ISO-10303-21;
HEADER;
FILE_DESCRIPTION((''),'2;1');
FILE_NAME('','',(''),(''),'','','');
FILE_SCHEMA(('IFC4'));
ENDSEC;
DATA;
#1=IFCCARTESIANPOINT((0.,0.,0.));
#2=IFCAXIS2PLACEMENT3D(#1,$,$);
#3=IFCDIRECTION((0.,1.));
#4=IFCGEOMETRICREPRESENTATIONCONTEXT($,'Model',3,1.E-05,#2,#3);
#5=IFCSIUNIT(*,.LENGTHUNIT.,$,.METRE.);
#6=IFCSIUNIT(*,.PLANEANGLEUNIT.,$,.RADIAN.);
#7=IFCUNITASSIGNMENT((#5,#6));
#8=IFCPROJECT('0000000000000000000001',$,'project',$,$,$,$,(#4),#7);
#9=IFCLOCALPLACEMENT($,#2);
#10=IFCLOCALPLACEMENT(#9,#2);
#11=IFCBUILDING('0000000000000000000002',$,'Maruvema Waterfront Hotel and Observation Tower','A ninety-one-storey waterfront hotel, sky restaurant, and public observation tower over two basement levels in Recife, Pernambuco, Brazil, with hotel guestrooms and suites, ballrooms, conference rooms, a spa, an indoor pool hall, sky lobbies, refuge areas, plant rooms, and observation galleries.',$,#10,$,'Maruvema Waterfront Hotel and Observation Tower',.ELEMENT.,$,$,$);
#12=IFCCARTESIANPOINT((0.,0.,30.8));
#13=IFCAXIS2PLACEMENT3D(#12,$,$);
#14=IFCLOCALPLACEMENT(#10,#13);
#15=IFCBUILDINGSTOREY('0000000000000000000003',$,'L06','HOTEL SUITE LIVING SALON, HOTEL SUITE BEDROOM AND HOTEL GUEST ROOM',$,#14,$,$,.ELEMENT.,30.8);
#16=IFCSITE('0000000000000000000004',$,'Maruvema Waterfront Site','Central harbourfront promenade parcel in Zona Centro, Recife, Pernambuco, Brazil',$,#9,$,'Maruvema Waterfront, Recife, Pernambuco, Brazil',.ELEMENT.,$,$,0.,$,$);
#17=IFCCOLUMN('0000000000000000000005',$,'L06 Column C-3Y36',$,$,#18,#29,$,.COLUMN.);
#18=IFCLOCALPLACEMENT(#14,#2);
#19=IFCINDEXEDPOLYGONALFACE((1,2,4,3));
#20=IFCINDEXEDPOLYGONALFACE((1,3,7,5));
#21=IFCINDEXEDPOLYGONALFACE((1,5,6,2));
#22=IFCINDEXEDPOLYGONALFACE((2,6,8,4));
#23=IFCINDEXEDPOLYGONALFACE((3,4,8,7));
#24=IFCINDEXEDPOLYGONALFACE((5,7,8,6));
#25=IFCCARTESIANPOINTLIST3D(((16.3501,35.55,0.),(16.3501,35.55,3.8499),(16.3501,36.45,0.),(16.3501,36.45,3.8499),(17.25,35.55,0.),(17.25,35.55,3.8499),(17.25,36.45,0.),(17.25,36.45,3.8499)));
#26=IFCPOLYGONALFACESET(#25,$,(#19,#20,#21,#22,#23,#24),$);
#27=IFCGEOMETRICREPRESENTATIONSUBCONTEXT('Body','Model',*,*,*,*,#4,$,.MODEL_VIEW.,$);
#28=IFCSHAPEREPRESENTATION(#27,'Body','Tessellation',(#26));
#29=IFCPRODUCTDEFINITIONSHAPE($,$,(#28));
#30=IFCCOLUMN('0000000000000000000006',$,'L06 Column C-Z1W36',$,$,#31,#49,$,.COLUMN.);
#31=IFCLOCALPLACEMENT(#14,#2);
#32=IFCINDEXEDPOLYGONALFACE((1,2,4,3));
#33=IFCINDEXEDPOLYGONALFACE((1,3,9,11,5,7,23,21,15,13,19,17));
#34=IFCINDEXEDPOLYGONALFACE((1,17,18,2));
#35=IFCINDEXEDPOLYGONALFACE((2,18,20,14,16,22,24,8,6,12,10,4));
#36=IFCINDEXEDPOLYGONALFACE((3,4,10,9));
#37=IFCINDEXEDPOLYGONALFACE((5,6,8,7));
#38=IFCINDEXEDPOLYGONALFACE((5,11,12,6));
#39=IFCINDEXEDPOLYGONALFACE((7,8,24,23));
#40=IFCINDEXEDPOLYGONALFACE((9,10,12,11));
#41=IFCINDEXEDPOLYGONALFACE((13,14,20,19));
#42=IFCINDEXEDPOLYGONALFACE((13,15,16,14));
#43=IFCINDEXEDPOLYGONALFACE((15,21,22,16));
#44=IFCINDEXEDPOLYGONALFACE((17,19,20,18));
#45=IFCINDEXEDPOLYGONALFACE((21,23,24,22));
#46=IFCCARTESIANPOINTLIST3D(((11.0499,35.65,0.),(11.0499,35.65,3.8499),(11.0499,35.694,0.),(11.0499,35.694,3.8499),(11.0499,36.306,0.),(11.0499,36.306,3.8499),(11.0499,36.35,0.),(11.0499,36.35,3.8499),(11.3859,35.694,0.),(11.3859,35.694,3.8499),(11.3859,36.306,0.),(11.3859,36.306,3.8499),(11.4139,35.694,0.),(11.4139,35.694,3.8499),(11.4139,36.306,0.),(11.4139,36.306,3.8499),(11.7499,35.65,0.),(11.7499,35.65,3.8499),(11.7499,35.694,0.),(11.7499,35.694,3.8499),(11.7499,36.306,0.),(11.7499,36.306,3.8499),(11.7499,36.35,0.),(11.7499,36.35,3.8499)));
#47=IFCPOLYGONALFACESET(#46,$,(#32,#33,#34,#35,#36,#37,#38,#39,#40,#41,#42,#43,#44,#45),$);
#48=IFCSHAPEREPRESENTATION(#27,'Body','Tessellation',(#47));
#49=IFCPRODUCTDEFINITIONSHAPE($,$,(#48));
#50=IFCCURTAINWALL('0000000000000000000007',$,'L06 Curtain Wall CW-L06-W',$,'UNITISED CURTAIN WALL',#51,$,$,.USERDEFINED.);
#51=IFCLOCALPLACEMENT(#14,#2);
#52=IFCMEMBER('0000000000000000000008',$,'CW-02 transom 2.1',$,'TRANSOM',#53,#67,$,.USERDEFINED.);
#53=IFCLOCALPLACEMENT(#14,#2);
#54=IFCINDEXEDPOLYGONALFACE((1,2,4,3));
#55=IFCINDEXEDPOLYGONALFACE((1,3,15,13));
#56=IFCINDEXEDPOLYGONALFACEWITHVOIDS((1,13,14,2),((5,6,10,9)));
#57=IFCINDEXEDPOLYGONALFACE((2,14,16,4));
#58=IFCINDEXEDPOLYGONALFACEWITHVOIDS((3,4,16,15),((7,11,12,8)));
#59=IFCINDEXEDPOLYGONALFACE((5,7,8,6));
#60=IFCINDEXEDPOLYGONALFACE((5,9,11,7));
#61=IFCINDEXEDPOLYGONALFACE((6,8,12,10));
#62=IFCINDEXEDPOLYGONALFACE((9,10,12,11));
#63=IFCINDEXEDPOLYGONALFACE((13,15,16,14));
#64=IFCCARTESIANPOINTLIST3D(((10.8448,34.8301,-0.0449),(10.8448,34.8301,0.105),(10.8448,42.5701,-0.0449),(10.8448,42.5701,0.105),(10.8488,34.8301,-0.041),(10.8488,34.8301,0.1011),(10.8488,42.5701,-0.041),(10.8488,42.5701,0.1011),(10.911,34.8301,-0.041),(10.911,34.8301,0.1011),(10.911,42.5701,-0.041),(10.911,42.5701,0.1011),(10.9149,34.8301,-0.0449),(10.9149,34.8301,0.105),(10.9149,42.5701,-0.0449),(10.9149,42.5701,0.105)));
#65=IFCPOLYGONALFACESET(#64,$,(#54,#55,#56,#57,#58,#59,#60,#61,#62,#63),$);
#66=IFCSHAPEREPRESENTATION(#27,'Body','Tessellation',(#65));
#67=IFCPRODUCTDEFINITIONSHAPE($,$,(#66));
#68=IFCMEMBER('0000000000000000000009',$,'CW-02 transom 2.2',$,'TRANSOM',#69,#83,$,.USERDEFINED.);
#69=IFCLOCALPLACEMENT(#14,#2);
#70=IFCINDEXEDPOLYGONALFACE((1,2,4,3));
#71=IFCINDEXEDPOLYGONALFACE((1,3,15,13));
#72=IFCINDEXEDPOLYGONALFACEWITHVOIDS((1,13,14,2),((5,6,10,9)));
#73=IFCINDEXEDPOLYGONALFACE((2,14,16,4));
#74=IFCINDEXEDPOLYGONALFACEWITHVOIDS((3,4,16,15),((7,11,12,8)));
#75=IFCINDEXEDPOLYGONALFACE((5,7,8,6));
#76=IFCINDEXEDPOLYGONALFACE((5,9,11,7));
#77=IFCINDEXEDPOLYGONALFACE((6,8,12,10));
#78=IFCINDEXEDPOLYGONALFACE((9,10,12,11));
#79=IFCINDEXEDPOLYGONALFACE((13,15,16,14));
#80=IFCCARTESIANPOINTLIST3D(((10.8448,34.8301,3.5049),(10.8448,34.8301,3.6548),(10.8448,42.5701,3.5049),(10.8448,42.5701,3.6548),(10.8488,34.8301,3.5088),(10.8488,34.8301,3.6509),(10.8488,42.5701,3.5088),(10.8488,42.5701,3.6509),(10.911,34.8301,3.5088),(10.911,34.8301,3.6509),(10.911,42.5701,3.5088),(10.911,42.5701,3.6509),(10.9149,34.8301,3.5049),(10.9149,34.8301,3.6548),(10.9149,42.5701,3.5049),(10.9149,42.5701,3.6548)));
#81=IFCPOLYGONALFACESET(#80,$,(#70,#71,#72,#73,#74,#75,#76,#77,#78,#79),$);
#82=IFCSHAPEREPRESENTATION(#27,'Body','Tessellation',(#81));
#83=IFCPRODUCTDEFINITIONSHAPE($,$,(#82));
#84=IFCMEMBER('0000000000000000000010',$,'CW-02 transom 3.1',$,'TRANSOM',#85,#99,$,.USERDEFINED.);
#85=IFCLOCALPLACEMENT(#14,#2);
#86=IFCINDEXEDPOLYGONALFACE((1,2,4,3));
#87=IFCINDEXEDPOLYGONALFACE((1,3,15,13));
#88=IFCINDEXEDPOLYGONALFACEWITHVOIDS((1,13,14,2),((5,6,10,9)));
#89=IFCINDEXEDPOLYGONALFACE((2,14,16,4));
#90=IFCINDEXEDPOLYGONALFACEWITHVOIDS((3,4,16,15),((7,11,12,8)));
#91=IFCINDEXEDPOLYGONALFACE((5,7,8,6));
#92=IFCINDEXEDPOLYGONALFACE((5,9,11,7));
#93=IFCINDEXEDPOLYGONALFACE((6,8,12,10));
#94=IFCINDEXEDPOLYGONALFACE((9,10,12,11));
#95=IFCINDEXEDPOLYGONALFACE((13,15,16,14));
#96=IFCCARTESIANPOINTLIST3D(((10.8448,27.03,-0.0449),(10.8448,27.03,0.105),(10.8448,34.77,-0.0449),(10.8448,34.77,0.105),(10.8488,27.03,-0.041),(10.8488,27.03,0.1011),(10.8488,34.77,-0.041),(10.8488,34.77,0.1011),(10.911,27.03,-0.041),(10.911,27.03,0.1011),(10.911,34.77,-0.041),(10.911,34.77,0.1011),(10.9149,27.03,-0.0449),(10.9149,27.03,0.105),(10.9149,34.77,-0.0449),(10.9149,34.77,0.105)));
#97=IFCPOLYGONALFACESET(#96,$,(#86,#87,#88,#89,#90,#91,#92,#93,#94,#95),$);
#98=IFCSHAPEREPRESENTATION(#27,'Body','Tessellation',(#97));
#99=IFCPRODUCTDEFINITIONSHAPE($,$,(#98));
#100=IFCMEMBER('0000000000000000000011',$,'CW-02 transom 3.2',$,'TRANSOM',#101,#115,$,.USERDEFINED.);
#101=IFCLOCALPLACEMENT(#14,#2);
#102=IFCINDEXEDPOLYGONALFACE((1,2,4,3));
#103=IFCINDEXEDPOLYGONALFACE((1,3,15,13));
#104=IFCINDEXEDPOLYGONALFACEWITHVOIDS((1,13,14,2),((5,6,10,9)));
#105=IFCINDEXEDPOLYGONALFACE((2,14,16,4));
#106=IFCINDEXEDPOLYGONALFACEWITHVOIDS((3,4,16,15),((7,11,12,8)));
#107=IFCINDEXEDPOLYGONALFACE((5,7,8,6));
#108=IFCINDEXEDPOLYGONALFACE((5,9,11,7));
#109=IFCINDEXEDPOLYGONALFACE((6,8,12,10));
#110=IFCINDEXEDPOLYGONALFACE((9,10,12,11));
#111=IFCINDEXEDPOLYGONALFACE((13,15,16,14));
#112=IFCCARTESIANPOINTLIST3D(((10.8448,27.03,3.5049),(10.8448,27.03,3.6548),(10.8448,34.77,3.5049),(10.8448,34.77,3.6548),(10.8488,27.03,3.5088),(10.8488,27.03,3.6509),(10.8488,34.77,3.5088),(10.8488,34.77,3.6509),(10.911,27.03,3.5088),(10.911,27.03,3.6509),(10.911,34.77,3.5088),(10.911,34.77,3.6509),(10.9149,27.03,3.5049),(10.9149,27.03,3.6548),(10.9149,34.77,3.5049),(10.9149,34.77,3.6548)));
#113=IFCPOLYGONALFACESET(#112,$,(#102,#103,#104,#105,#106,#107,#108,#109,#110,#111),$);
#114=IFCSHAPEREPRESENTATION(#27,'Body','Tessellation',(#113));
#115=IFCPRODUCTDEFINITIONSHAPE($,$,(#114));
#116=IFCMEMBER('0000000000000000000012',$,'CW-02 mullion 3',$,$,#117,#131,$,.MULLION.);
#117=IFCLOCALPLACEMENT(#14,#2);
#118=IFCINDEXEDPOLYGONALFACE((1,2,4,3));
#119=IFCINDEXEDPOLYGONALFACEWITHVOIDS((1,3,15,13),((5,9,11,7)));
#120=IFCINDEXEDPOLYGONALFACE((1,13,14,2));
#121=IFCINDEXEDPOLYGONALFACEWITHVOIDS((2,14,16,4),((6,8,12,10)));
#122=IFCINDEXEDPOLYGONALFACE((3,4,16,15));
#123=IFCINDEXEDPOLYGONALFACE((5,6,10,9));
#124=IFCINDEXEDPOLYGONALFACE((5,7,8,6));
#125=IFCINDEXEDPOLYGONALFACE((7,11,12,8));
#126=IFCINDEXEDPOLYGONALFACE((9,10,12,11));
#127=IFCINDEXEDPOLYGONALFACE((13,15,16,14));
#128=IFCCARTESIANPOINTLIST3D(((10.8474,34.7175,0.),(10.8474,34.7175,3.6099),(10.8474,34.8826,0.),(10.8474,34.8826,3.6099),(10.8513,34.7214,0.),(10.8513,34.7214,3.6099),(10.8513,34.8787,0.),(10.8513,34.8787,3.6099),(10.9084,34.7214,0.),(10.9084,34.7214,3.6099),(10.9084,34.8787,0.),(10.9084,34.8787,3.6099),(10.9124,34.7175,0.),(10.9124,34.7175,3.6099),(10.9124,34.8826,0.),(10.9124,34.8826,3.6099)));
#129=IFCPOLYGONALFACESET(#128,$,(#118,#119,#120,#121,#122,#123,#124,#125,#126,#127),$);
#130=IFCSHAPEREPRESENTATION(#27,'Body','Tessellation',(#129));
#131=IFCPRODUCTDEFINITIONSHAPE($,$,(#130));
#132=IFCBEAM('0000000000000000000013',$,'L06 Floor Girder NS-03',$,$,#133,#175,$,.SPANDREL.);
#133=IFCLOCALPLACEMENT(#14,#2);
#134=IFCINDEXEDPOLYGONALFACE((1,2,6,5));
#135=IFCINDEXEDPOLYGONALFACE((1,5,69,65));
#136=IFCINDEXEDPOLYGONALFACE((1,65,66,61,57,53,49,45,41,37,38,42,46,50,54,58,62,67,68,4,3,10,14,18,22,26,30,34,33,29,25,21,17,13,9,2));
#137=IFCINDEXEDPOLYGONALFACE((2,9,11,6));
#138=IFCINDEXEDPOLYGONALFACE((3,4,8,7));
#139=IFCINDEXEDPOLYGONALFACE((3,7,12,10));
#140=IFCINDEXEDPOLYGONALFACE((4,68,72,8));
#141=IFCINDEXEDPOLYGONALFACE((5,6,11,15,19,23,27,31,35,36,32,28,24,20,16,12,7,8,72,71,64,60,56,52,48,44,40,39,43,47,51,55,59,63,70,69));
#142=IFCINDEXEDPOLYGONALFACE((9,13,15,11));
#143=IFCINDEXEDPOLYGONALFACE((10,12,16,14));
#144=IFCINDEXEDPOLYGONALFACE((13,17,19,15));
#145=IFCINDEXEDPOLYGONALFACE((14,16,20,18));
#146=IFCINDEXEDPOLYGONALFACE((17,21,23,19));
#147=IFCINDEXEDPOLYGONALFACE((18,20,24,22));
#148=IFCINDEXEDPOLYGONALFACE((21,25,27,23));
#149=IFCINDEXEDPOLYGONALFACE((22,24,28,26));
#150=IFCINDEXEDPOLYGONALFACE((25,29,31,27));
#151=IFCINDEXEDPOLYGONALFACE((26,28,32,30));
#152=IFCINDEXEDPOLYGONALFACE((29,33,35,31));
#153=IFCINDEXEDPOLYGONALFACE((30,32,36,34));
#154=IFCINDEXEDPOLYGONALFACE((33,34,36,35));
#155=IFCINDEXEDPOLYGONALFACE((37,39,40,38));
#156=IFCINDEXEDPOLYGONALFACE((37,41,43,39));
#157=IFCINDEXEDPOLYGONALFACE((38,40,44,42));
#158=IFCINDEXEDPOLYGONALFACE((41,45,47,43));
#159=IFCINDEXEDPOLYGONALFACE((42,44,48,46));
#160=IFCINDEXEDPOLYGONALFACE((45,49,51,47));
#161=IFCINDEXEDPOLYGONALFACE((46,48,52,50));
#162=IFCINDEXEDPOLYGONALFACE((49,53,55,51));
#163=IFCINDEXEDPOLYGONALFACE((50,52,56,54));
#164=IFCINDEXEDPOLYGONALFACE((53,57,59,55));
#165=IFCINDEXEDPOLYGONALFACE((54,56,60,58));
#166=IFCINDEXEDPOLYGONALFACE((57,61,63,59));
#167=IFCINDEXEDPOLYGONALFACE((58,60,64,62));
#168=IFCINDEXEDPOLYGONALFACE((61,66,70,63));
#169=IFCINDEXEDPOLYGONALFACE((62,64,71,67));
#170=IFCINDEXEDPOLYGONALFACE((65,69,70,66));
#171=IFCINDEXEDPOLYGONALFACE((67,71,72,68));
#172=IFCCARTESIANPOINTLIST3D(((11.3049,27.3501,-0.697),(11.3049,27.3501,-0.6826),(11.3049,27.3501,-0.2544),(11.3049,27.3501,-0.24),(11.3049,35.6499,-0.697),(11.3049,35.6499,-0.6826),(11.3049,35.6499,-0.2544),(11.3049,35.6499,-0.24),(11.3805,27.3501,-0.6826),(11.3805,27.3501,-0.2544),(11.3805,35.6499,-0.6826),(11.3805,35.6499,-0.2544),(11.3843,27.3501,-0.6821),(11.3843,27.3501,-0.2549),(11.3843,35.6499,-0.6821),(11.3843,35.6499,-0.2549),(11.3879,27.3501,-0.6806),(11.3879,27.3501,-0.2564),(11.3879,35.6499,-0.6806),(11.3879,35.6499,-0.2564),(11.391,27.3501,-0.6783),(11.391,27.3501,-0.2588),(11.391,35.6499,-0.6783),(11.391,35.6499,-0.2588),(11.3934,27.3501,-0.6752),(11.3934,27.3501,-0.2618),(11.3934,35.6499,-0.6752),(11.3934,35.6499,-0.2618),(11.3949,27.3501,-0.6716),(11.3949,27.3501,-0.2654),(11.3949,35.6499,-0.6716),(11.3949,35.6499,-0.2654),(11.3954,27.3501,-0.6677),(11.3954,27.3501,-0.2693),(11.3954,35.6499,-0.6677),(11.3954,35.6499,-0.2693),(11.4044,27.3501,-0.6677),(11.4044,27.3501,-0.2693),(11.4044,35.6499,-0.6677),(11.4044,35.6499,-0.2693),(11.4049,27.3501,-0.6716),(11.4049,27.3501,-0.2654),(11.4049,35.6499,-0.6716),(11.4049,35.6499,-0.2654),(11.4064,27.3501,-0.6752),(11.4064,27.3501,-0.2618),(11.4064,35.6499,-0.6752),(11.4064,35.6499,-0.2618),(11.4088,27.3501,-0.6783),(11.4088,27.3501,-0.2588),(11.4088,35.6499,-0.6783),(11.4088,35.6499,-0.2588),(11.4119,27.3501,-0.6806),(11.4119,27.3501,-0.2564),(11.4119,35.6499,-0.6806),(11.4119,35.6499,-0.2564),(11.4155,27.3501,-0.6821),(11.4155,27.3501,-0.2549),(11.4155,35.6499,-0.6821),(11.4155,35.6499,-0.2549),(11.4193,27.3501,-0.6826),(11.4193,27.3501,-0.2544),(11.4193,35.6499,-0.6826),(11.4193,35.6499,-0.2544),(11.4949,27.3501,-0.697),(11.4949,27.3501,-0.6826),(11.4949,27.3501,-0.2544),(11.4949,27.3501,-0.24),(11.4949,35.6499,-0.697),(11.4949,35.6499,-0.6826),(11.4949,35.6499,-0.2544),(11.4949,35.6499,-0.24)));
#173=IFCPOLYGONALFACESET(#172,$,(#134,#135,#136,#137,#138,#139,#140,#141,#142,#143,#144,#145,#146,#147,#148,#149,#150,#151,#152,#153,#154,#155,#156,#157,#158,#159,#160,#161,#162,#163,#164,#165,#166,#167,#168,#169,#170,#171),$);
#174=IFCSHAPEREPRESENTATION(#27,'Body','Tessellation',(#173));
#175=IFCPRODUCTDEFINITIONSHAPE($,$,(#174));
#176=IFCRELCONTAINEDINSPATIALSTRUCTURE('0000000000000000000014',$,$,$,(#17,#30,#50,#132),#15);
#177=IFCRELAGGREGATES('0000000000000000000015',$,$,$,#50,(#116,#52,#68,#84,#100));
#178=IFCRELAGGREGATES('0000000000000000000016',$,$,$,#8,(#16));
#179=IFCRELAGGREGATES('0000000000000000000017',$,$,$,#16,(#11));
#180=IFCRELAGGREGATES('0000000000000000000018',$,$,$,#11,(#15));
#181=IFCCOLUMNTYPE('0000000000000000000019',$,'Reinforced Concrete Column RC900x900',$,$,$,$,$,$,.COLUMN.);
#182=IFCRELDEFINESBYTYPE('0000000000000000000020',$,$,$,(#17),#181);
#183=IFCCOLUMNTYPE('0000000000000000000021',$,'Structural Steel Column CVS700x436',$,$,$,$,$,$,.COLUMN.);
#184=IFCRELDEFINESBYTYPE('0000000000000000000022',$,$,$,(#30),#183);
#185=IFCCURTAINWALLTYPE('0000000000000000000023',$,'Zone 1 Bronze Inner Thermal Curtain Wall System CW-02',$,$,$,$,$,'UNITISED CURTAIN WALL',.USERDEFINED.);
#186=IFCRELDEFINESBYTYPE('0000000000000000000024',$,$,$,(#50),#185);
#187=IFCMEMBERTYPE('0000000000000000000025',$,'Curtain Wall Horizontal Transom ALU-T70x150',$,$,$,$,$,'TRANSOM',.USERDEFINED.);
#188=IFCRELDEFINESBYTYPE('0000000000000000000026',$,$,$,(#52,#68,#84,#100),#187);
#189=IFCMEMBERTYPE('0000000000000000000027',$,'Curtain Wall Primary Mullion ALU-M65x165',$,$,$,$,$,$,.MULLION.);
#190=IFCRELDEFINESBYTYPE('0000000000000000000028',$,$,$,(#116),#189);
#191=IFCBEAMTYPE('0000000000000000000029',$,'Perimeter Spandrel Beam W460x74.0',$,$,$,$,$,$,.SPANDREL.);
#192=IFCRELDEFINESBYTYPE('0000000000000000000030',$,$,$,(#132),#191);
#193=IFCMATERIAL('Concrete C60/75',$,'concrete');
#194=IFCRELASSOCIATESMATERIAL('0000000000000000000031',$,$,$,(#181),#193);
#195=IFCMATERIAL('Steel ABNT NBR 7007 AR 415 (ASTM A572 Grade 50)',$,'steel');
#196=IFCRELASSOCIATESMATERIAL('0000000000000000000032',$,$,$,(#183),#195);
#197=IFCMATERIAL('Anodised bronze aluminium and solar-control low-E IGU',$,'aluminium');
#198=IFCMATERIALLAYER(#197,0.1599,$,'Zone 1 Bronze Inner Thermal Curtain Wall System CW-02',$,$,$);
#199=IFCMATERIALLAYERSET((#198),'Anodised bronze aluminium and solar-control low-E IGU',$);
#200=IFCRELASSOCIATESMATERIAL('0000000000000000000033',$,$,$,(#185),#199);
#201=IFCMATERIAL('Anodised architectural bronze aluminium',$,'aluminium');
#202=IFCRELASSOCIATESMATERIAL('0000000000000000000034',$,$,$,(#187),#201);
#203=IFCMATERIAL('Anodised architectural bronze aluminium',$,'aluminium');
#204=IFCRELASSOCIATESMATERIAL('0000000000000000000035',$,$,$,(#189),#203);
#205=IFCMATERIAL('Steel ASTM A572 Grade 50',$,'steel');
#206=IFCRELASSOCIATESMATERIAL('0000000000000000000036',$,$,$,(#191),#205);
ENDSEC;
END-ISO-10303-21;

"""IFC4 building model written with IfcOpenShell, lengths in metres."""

from ifc_helpers import new_model, si_unit, direction, frame, origin, origin_2d, place, context, subcontext, project, spatial, rectangle, hollow_rectangle, i_section, extrude, material, layer, layer_set, material_profile, profile_set, type_object, element, aggregate, save


model = new_model("IFC4")

# Units and contexts
model_context = context("Model", 3, precision=1e-05, world=origin(), true_north=direction((0.0, 1.0)))
body_context = subcontext(model_context, "Body", "Model", "MODEL_VIEW")
ifc_project = project(units=[si_unit("LENGTHUNIT", "METRE"), si_unit("PLANEANGLEUNIT", "RADIAN")], contexts=[model_context])

# Site, building, storey
site_placement = place(None, origin())
site = spatial("IfcSite", under=ifc_project, at=site_placement, Name="Maruvema Waterfront Site", Description="Central harbourfront promenade parcel in Zona Centro, Recife, Pernambuco, Brazil", LongName="Maruvema Waterfront, Recife, Pernambuco, Brazil", CompositionType="ELEMENT", RefElevation=0.0)
building_placement = place(site_placement, origin())
building = spatial("IfcBuilding", under=site, at=building_placement, Name="Maruvema Waterfront Hotel and Observation Tower", Description="A ninety-one-storey waterfront hotel, sky restaurant, and public observation tower over two basement levels in Recife, Pernambuco, Brazil, with hotel guestrooms and suites, ballrooms, conference rooms, a spa, an indoor pool hall, sky lobbies, refuge areas, plant rooms, and observation galleries.", LongName="Maruvema Waterfront Hotel and Observation Tower", CompositionType="ELEMENT")
storey_placement = place(building_placement, frame((0.0, 0.0, 30.8)))
storey = spatial("IfcBuildingStorey", under=building, at=storey_placement, Name="L06", Description="HOTEL SUITE LIVING SALON, HOTEL SUITE BEDROOM AND HOTEL GUEST ROOM", CompositionType="ELEMENT", Elevation=30.8)

# Columns
ifc_material_1 = material(Name="Concrete C60/75", Category="concrete")
ifc_material_profile_1 = material_profile(ifc_material_1, rectangle(XDim=0.8999, YDim=0.8999, at=origin_2d()), Name="RC900x900")
ifc_profile_set_1 = profile_set([ifc_material_profile_1], Name="Concrete C60/75")
column_type_1 = type_object("IfcColumnType", Name="Reinforced Concrete Column RC900x900", PredefinedType="COLUMN", material=ifc_profile_set_1)
column_1_placement = place(storey_placement, frame((16.8, 36.0, 0.0), z_axis=(0.0, 0.0, 1.0), x_axis=(1.0, 0.0, 0.0)))
element("IfcColumn", 1, at=column_1_placement, inside=storey, type_object=column_type_1, Name="L06 Column C-3Y36", PredefinedType="COLUMN", context=body_context, shape_type="SweptSolid", body=[
    extrude(rectangle(XDim=0.8999, YDim=0.8999, at=origin_2d()), origin(), (0.0, 0.0, 1.0), 3.8499),
])
ifc_material_2 = material(Name="Steel ABNT NBR 7007 AR 415 (ASTM A572 Grade 50)", Category="steel")
ifc_material_profile_2 = material_profile(ifc_material_2, i_section(OverallWidth=0.7, OverallDepth=0.7, WebThickness=0.0281, FlangeThickness=0.0439, at=origin_2d()), Name="CVS700x436")
ifc_profile_set_2 = profile_set([ifc_material_profile_2], Name="Steel ABNT NBR 7007 AR 415 (ASTM A572 Grade 50)")
column_type_2 = type_object("IfcColumnType", Name="Structural Steel Column CVS700x436", PredefinedType="COLUMN", material=ifc_profile_set_2)
column_2_placement = place(storey_placement, frame((11.3999, 36.0, 0.0), z_axis=(0.0, 0.0, 1.0), x_axis=(1.0, 0.0, 0.0)))
element("IfcColumn", 2, at=column_2_placement, inside=storey, type_object=column_type_2, Name="L06 Column C-Z1W36", PredefinedType="COLUMN", context=body_context, shape_type="SweptSolid", body=[
    extrude(i_section(OverallWidth=0.7, OverallDepth=0.7, WebThickness=0.0281, FlangeThickness=0.0439, at=origin_2d()), origin(), (0.0, 0.0, 1.0), 3.8499),
])

# Curtain wall, members
ifc_material_3 = material(Name="Anodised bronze aluminium and solar-control low-E IGU", Category="aluminium")
ifc_layer_1 = layer(ifc_material_3, 0.1599, Name="Zone 1 Bronze Inner Thermal Curtain Wall System CW-02")
ifc_layer_set_1 = layer_set([ifc_layer_1], Name="Anodised bronze aluminium and solar-control low-E IGU")
curtain_wall_type = type_object("IfcCurtainWallType", Name="Zone 1 Bronze Inner Thermal Curtain Wall System CW-02", ElementType="UNITISED CURTAIN WALL", PredefinedType="USERDEFINED", material=ifc_layer_set_1)
curtain_wall_placement = place(storey_placement, origin())
curtain_wall = element("IfcCurtainWall", 3, at=curtain_wall_placement, inside=storey, type_object=curtain_wall_type, Name="L06 Curtain Wall CW-L06-W", ObjectType="UNITISED CURTAIN WALL", PredefinedType="USERDEFINED")
ifc_material_4 = material(Name="Anodised architectural bronze aluminium", Category="aluminium")
ifc_material_profile_3 = material_profile(ifc_material_4, hollow_rectangle(XDim=0.0701, YDim=0.1499, WallThickness=0.0039, at=origin_2d()), Name="ALU-T70x150")
ifc_profile_set_3 = profile_set([ifc_material_profile_3], Name="Anodised architectural bronze aluminium")
member_type_1 = type_object("IfcMemberType", Name="Curtain Wall Horizontal Transom ALU-T70x150", ElementType="TRANSOM", PredefinedType="USERDEFINED", material=ifc_profile_set_3)
member_1_placement = place(storey_placement, frame((10.8799, 42.5701, 0.03), z_axis=(0.0, -1.0, 0.0), x_axis=(1.0, 0.0, 0.0)))
member_1 = element("IfcMember", 4, at=member_1_placement, type_object=member_type_1, Name="CW-02 transom 2.1", ObjectType="TRANSOM", PredefinedType="USERDEFINED", context=body_context, shape_type="SweptSolid", body=[
    extrude(hollow_rectangle(XDim=0.0701, YDim=0.1499, WallThickness=0.0039, at=origin_2d()), origin(), (0.0, 0.0, 1.0), 7.74),
])
member_2_placement = place(storey_placement, frame((10.8799, 42.5701, 3.5798), z_axis=(0.0, -1.0, 0.0), x_axis=(1.0, 0.0, 0.0)))
member_2 = element("IfcMember", 5, at=member_2_placement, type_object=member_type_1, Name="CW-02 transom 2.2", ObjectType="TRANSOM", PredefinedType="USERDEFINED", context=body_context, shape_type="SweptSolid", body=[
    extrude(hollow_rectangle(XDim=0.0701, YDim=0.1499, WallThickness=0.0039, at=origin_2d()), origin(), (0.0, 0.0, 1.0), 7.74),
])
member_3_placement = place(storey_placement, frame((10.8799, 34.77, 0.03), z_axis=(0.0, -1.0, 0.0), x_axis=(1.0, 0.0, 0.0)))
member_3 = element("IfcMember", 6, at=member_3_placement, type_object=member_type_1, Name="CW-02 transom 3.1", ObjectType="TRANSOM", PredefinedType="USERDEFINED", context=body_context, shape_type="SweptSolid", body=[
    extrude(hollow_rectangle(XDim=0.0701, YDim=0.1499, WallThickness=0.0039, at=origin_2d()), origin(), (0.0, 0.0, 1.0), 7.74),
])
member_4_placement = place(storey_placement, frame((10.8799, 34.77, 3.5798), z_axis=(0.0, -1.0, 0.0), x_axis=(1.0, 0.0, 0.0)))
member_4 = element("IfcMember", 7, at=member_4_placement, type_object=member_type_1, Name="CW-02 transom 3.2", ObjectType="TRANSOM", PredefinedType="USERDEFINED", context=body_context, shape_type="SweptSolid", body=[
    extrude(hollow_rectangle(XDim=0.0701, YDim=0.1499, WallThickness=0.0039, at=origin_2d()), origin(), (0.0, 0.0, 1.0), 7.74),
])
ifc_material_5 = material(Name="Anodised architectural bronze aluminium", Category="aluminium")
ifc_material_profile_4 = material_profile(ifc_material_5, hollow_rectangle(XDim=0.0649, YDim=0.165, WallThickness=0.0039, at=origin_2d()), Name="ALU-M65x165")
ifc_profile_set_4 = profile_set([ifc_material_profile_4], Name="Anodised architectural bronze aluminium")
member_type_2 = type_object("IfcMemberType", Name="Curtain Wall Primary Mullion ALU-M65x165", PredefinedType="MULLION", material=ifc_profile_set_4)
member_5_placement = place(storey_placement, frame((10.8799, 34.8, 0.0), z_axis=(0.0, 0.0, 1.0), x_axis=(1.0, 0.0, 0.0)))
member_5 = element("IfcMember", 8, at=member_5_placement, type_object=member_type_2, Name="CW-02 mullion 3", PredefinedType="MULLION", context=body_context, shape_type="SweptSolid", body=[
    extrude(hollow_rectangle(XDim=0.0649, YDim=0.165, WallThickness=0.0039, at=origin_2d()), origin(), (0.0, 0.0, 1.0), 3.6099),
])

# Beam
ifc_material_6 = material(Name="Steel ASTM A572 Grade 50", Category="steel")
ifc_material_profile_5 = material_profile(ifc_material_6, i_section(OverallWidth=0.1899, OverallDepth=0.457, WebThickness=0.009, FlangeThickness=0.0144, FilletRadius=0.0149, at=origin_2d()), Name="W460x74.0")
ifc_profile_set_5 = profile_set([ifc_material_profile_5], Name="Steel ASTM A572 Grade 50")
beam_type_1 = type_object("IfcBeamType", Name="Perimeter Spandrel Beam W460x74.0", PredefinedType="SPANDREL", material=ifc_profile_set_5)
for number, where, z_axis, x_axis, name in (
    (9, (11.3999, 27.3501, -0.4685), (0.0, 1.0, 0.0), (-1.0, 0.0, 0.0), "L06 Floor Girder NS-03"),
):
    element("IfcBeam", number, at=place(storey_placement, frame(where, z_axis=z_axis, x_axis=x_axis)), inside=storey, type_object=beam_type_1, Name=name, PredefinedType="SPANDREL", context=body_context, shape_type="SweptSolid", body=[
        extrude(i_section(OverallWidth=0.1899, OverallDepth=0.457, WebThickness=0.009, FlangeThickness=0.0144, FilletRadius=0.0149, at=origin_2d()), origin(), (0.0, 0.0, 1.0), 8.2998),
    ])

aggregate(curtain_wall, [member_5, member_1, member_2, member_3, member_4])

save(model, "model.ifc")
